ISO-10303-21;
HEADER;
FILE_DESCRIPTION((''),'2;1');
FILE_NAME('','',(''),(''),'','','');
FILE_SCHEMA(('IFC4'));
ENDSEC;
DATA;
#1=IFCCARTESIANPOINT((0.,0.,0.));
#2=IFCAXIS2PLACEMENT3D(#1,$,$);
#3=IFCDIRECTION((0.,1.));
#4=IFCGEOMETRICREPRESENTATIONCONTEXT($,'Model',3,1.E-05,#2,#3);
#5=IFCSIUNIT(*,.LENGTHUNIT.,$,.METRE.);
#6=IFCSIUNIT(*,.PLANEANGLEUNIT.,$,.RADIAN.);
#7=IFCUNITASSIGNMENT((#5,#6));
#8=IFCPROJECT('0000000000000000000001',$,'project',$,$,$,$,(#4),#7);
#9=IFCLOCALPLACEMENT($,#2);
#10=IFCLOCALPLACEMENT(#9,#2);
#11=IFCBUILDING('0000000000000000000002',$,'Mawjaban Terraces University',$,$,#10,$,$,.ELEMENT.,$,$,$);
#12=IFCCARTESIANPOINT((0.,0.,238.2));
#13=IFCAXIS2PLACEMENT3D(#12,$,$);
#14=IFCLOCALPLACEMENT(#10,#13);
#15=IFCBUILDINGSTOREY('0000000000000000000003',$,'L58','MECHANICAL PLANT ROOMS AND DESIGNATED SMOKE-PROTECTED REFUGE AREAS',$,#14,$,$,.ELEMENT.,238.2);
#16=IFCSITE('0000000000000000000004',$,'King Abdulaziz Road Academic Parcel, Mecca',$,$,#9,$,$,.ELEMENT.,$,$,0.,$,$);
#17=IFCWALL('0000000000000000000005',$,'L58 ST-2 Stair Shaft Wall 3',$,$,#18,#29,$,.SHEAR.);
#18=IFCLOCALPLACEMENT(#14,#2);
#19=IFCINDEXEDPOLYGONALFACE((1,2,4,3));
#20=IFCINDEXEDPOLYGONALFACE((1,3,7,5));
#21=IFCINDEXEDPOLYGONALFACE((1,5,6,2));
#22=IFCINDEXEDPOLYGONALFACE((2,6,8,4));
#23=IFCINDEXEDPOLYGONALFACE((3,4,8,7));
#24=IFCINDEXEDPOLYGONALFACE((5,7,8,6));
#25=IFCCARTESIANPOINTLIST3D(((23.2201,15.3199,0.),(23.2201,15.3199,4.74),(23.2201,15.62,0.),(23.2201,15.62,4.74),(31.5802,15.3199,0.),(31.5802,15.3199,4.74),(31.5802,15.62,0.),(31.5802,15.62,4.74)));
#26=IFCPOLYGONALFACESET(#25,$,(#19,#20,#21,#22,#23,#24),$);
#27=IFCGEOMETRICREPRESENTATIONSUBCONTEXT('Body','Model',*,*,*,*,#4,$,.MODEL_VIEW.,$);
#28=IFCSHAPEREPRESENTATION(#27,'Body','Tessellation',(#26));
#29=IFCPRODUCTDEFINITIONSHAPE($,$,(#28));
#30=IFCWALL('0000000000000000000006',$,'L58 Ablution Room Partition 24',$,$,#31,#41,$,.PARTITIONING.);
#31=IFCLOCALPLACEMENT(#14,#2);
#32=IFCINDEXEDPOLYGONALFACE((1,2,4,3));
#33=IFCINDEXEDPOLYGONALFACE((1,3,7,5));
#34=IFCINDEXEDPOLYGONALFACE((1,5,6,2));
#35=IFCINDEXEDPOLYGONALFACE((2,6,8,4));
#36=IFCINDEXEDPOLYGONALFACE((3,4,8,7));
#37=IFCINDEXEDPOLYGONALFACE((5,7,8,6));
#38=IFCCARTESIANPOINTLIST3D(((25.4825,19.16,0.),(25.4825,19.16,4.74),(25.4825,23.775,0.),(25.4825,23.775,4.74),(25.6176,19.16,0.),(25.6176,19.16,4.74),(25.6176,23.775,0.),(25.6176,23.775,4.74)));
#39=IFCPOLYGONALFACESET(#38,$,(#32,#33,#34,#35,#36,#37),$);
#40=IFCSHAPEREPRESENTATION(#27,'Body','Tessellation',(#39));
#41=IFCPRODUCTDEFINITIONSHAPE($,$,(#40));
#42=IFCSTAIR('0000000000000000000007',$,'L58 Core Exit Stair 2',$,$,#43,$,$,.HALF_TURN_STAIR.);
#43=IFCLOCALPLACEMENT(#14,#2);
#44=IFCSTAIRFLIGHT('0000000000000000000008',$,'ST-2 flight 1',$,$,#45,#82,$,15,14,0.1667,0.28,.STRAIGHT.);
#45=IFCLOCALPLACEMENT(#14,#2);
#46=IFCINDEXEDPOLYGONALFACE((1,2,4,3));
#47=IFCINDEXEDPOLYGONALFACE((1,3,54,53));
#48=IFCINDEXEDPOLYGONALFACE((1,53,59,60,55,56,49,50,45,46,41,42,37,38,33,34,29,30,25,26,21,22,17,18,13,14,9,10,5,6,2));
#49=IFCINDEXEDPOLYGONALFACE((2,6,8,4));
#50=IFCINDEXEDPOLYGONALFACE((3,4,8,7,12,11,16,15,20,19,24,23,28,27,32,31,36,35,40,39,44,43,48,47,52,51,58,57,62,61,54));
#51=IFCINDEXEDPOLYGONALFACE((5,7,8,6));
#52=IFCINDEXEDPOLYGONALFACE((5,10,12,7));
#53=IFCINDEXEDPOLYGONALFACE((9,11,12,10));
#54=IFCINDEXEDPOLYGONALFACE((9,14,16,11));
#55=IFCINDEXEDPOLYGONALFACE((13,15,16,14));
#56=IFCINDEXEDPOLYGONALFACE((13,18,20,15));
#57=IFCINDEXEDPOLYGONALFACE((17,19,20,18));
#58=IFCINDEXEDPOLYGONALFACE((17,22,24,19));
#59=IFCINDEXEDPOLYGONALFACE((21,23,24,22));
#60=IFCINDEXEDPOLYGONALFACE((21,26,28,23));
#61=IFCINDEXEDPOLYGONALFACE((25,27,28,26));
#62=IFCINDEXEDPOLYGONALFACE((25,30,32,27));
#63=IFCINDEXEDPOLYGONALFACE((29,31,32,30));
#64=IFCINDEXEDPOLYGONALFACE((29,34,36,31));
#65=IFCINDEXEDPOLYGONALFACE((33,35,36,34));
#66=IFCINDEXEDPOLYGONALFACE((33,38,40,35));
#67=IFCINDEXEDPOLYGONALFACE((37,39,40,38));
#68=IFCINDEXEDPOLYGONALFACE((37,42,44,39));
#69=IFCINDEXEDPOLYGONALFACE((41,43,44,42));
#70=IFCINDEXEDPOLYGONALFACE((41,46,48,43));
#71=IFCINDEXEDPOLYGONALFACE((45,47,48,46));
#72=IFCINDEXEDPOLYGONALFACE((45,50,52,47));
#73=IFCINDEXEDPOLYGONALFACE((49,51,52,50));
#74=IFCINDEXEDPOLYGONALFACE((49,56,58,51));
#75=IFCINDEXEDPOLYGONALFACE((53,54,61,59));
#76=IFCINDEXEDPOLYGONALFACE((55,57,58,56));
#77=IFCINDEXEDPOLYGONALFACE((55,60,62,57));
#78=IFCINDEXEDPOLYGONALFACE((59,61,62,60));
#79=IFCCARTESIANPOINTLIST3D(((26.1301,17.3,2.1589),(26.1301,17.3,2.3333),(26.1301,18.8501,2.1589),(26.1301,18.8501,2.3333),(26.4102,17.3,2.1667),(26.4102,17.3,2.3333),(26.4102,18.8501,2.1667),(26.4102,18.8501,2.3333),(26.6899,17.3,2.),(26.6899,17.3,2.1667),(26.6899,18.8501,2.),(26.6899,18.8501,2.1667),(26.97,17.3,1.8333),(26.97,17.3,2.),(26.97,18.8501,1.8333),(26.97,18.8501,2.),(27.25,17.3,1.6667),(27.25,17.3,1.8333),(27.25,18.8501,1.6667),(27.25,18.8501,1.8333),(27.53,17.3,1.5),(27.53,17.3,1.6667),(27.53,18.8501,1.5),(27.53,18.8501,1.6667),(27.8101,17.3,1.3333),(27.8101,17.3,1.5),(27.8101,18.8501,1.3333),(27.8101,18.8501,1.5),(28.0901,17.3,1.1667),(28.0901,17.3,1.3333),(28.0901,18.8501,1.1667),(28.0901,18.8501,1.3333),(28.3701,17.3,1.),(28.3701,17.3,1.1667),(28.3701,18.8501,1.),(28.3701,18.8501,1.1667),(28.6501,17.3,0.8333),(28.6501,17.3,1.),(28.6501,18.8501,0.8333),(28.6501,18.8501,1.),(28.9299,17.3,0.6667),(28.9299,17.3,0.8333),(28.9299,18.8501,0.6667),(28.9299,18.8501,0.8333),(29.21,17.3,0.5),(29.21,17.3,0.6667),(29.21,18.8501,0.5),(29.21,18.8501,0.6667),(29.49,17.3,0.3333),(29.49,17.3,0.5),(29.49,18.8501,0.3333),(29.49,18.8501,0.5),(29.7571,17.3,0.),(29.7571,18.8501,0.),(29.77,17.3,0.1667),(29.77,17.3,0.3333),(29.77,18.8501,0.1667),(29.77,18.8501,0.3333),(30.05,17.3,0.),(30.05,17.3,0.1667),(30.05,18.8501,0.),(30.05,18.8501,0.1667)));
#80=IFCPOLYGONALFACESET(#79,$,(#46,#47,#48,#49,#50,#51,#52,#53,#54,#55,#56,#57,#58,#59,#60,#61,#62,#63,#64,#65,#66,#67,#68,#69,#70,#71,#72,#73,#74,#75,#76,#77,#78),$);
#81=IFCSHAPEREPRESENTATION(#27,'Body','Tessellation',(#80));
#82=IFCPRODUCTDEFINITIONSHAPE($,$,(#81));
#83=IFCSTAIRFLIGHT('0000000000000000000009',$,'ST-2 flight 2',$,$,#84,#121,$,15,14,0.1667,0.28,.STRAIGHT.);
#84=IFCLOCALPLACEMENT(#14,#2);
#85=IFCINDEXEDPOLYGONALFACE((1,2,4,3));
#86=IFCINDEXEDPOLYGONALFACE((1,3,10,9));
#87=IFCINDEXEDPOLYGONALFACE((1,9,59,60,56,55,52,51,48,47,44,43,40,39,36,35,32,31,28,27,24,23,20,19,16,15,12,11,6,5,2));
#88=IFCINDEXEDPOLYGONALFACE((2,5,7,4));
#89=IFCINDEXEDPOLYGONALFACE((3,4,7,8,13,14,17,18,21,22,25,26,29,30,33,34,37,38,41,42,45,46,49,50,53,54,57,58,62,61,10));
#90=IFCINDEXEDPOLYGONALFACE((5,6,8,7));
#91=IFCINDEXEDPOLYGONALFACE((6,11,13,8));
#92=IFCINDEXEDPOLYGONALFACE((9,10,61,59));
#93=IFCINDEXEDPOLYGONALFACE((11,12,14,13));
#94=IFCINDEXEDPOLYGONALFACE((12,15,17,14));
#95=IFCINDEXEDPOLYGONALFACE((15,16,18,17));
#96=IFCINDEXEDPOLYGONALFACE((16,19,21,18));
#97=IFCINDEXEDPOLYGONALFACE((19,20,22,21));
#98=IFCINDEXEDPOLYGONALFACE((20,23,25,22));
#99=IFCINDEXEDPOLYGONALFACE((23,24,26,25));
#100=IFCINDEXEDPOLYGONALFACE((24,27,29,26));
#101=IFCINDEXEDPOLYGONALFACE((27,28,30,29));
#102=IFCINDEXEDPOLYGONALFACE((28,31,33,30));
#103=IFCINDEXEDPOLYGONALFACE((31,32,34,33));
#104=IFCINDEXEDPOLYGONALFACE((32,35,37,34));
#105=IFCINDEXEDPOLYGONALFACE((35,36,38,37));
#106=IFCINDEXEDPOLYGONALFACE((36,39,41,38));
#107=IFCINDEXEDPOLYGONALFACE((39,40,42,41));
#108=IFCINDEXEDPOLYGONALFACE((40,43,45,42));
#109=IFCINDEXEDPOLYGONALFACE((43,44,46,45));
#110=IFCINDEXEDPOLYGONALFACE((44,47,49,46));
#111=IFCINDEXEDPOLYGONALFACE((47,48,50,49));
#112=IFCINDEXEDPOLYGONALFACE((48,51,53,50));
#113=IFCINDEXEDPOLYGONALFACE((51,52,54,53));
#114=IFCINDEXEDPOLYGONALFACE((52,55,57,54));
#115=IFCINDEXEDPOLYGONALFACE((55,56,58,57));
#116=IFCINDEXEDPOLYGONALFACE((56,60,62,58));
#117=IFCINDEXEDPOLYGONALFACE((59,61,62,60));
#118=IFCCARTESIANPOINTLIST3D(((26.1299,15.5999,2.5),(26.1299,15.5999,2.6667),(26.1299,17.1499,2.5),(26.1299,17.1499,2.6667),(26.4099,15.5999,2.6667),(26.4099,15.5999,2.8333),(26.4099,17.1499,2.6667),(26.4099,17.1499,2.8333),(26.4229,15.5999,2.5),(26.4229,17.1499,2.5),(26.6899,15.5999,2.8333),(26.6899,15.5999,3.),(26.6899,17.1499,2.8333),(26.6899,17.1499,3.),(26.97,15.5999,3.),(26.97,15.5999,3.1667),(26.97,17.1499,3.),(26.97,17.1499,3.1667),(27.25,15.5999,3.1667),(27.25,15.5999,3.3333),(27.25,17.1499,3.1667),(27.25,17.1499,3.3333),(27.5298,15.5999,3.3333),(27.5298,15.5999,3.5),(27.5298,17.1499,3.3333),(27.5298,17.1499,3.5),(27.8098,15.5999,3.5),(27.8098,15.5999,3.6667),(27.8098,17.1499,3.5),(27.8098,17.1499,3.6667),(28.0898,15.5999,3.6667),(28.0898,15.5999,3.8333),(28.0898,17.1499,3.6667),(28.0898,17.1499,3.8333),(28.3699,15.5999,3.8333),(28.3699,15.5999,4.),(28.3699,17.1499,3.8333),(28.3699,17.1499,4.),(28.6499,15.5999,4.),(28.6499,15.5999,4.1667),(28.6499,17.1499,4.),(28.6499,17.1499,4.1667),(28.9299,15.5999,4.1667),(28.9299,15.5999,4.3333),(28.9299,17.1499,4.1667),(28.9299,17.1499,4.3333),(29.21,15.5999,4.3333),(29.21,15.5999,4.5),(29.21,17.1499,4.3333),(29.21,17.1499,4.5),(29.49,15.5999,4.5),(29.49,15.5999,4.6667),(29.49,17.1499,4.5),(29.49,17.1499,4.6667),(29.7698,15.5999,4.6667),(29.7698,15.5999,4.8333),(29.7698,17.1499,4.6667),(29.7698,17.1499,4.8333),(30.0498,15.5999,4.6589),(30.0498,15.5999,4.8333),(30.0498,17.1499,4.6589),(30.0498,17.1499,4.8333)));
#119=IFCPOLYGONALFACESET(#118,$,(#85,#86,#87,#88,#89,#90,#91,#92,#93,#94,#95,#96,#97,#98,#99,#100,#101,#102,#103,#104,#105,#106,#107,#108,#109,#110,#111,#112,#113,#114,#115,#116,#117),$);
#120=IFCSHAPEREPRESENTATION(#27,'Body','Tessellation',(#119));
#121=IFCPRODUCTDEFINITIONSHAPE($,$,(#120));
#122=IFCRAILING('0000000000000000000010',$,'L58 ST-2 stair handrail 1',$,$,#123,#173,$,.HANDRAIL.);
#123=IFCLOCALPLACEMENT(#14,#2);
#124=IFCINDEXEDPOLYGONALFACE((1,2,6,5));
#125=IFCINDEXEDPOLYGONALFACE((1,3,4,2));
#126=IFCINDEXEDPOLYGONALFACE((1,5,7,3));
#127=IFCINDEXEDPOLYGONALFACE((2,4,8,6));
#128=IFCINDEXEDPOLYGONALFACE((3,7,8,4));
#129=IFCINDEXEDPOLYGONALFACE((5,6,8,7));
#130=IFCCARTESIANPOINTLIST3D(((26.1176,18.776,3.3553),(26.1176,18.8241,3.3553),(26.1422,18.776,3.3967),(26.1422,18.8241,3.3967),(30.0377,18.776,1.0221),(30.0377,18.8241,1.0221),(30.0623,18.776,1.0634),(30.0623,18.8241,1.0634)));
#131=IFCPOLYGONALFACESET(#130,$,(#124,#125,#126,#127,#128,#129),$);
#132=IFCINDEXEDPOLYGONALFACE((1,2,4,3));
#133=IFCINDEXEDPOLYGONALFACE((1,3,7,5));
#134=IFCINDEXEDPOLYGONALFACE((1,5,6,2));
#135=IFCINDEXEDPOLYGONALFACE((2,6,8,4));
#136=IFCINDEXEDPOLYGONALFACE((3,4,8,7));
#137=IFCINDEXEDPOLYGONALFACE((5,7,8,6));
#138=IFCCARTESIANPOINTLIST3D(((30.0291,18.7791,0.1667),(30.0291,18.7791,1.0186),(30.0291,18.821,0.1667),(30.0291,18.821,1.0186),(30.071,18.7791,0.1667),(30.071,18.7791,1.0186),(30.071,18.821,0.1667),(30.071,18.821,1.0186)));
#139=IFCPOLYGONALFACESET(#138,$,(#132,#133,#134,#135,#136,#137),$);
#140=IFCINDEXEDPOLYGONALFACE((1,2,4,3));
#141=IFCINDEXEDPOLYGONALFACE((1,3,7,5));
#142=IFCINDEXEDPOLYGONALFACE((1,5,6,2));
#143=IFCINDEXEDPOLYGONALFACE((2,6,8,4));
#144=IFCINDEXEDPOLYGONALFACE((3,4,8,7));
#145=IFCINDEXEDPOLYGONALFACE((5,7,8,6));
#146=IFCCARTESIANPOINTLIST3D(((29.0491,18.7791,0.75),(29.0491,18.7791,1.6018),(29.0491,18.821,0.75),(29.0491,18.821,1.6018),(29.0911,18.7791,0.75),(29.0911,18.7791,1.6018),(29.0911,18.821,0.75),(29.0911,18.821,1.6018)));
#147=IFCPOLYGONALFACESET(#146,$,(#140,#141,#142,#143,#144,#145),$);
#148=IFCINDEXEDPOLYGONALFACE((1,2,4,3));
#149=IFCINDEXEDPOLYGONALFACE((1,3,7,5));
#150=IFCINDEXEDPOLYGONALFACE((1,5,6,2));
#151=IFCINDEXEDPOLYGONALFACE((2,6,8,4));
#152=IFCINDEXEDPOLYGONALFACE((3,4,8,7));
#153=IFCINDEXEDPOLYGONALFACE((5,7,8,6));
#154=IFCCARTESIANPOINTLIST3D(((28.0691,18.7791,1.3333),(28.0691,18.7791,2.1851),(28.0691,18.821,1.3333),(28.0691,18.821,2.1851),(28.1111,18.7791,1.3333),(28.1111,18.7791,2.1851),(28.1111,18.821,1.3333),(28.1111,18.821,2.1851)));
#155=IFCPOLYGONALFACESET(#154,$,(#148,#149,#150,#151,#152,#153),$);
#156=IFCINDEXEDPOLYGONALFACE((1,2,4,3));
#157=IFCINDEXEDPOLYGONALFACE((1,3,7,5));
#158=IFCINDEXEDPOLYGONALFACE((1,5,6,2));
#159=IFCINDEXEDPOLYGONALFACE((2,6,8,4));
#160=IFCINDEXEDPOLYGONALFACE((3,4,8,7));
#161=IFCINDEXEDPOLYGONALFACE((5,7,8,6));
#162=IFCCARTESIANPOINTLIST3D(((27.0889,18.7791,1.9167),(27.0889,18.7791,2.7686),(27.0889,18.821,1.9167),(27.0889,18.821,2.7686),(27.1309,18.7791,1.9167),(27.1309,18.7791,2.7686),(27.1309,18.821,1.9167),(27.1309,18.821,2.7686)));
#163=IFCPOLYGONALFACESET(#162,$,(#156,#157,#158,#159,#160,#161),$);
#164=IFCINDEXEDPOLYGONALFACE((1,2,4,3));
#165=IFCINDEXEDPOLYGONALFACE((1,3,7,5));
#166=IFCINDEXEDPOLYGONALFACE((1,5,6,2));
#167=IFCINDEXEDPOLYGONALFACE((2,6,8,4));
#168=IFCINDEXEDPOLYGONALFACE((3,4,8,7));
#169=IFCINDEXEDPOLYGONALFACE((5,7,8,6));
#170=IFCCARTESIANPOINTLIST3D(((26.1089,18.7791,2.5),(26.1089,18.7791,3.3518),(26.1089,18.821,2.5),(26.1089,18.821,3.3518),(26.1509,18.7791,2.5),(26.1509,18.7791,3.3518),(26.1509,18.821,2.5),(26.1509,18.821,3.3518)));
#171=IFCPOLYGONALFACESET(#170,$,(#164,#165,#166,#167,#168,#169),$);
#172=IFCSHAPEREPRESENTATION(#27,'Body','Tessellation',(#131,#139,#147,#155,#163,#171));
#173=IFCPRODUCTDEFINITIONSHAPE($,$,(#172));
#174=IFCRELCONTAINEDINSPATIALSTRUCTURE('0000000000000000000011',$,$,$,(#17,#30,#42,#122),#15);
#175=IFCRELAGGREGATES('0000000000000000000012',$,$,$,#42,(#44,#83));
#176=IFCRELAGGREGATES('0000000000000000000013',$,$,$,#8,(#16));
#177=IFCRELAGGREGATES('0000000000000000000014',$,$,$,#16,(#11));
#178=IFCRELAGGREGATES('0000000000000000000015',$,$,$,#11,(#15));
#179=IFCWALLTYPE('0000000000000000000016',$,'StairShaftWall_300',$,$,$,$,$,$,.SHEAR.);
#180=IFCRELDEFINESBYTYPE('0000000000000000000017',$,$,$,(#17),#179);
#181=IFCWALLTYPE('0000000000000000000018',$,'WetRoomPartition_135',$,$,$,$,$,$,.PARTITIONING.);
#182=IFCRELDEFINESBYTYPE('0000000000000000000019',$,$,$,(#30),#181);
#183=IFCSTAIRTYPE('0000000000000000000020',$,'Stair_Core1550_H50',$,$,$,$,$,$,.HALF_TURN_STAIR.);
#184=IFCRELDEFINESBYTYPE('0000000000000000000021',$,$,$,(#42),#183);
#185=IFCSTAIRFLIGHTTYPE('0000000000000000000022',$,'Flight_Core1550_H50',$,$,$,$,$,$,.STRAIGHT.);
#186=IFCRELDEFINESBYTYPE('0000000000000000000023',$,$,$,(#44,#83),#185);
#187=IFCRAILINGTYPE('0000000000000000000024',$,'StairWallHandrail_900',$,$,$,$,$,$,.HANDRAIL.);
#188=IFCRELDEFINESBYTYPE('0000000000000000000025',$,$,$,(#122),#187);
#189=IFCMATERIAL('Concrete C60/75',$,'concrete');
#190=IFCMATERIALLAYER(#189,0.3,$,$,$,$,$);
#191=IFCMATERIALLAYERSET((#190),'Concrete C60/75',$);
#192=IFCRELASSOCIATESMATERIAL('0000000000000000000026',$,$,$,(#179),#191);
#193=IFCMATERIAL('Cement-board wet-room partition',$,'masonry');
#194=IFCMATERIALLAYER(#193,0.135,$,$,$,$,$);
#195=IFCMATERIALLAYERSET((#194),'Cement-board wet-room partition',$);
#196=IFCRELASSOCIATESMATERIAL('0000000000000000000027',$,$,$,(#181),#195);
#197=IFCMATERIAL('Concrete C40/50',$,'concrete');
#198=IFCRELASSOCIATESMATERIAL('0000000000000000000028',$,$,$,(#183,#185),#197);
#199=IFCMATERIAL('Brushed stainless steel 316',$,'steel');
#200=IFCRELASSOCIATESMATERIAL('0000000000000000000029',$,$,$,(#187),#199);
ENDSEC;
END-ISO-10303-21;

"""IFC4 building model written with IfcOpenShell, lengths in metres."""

from ifc_helpers import new_model, si_unit, direction, frame, frame_2d, origin, origin_2d, place, context, subcontext, project, spatial, polyline, rectangle, outline, extrude, material, layer, layer_set, type_object, element, aggregate, save


model = new_model("IFC4")

# Units and contexts
model_context = context("Model", 3, precision=1e-05, world=origin(), true_north=direction((0.0, 1.0)))
body_context = subcontext(model_context, "Body", "Model", "MODEL_VIEW")
ifc_project = project(units=[si_unit("LENGTHUNIT", "METRE"), si_unit("PLANEANGLEUNIT", "RADIAN")], contexts=[model_context])

# Site, building, storey
site_placement = place(None, origin())
site = spatial("IfcSite", under=ifc_project, at=site_placement, Name="King Abdulaziz Road Academic Parcel, Mecca", CompositionType="ELEMENT", RefElevation=0.0)
building_placement = place(site_placement, origin())
building = spatial("IfcBuilding", under=site, at=building_placement, Name="Mawjaban Terraces University", CompositionType="ELEMENT")
storey_placement = place(building_placement, frame((0.0, 0.0, 238.2)))
storey = spatial("IfcBuildingStorey", under=building, at=storey_placement, Name="L58", Description="MECHANICAL PLANT ROOMS AND DESIGNATED SMOKE-PROTECTED REFUGE AREAS", CompositionType="ELEMENT", Elevation=238.2)

# Shared definitions
ifc_material_1 = material(Name="Concrete C60/75", Category="concrete")

# Shared definitions
ifc_material_2 = material(Name="Concrete C40/50", Category="concrete")

# Wall
ifc_layer_1 = layer(ifc_material_1, 0.3)
ifc_layer_set_1 = layer_set([ifc_layer_1], Name="Concrete C60/75")
wall_type_1 = type_object("IfcWallType", Name="StairShaftWall_300", PredefinedType="SHEAR", material=ifc_layer_set_1)
wall_1_placement = place(storey_placement, frame((23.22, 15.47, 0.0), z_axis=(0.0, 0.0, 1.0), x_axis=(1.0, 0.0, 0.0)))
element("IfcWall", 1, at=wall_1_placement, inside=storey, type_object=wall_type_1, Name="L58 ST-2 Stair Shaft Wall 3", PredefinedType="SHEAR", context=body_context, shape_type="SweptSolid", body=[
    extrude(rectangle(XDim=8.3601, YDim=0.3, at=frame_2d((4.1802, 0.0))), origin(), (0.0, 0.0, 1.0), 4.74),
])

# Wall
ifc_material_3 = material(Name="Cement-board wet-room partition", Category="masonry")
ifc_layer_2 = layer(ifc_material_3, 0.135)
ifc_layer_set_2 = layer_set([ifc_layer_2], Name="Cement-board wet-room partition")
wall_type_2 = type_object("IfcWallType", Name="WetRoomPartition_135", PredefinedType="PARTITIONING", material=ifc_layer_set_2)
wall_2_placement = place(storey_placement, frame((25.55, 19.1599, 0.0), z_axis=(0.0, 0.0, 1.0), x_axis=(0.0, 1.0, 0.0)))
element("IfcWall", 2, at=wall_2_placement, inside=storey, type_object=wall_type_2, Name="L58 Ablution Room Partition 24", PredefinedType="PARTITIONING", context=body_context, shape_type="SweptSolid", body=[
    extrude(rectangle(XDim=4.615, YDim=0.135, at=frame_2d((2.3076, 0.0))), origin(), (0.0, 0.0, 1.0), 4.74),
])

# Stair, stair flights
stair_type = type_object("IfcStairType", Name="Stair_Core1550_H50", PredefinedType="HALF_TURN_STAIR", material=ifc_material_2)
stair_placement = place(storey_placement, origin())
stair = element("IfcStair", 3, at=stair_placement, inside=storey, type_object=stair_type, Name="L58 Core Exit Stair 2", PredefinedType="HALF_TURN_STAIR")
stair_flight_type = type_object("IfcStairFlightType", Name="Flight_Core1550_H50", PredefinedType="STRAIGHT", material=ifc_material_2)
stair_flight_1_placement = place(storey_placement, frame((30.05, 18.075, 0.0), z_axis=(0.0, 0.0, 1.0), x_axis=(-1.0, 0.0, 0.0)))
stair_flight_1 = element("IfcStairFlight", 4, at=stair_flight_1_placement, type_object=stair_flight_type, Name="ST-2 flight 1", NumberOfRisers=15, NumberOfTreads=14, PredefinedType="STRAIGHT", RiserHeight=0.1667, TreadLength=0.28, context=body_context, shape_type="SweptSolid", body=[
    extrude(outline(polyline([(0.0, 0.0), (0.0, 0.1667), (0.28, 0.1667), (0.28, 0.3333), (0.5601, 0.3333), (0.5601, 0.5), (0.8401, 0.5), (0.8401, 0.6667), (1.1201, 0.6667), (1.1201, 0.8333), (1.3999, 0.8333), (1.3999, 1.0), (1.6799, 1.0), (1.6799, 1.1667), (1.96, 1.1667), (1.96, 1.3333), (2.24, 1.3333), (2.24, 1.5), (2.52, 1.5), (2.52, 1.6667), (2.8, 1.6667), (2.8, 1.8333), (3.0801, 1.8333), (3.0801, 2.0), (3.3601, 2.0), (3.3601, 2.1667), (3.6399, 2.1667), (3.6399, 2.3333), (3.9199, 2.3333), (3.9199, 2.5), (3.9199, 2.1589), (0.293, 0.0), (0.0, 0.0)])), frame((0.0, 0.7749, 0.0), z_axis=(0.0, -1.0, 0.0), x_axis=(1.0, 0.0, 0.0)), (0.0, 0.0, 1.0), 1.55),
])
stair_flight_2_placement = place(storey_placement, frame((26.1299, 16.375, 2.5), z_axis=(0.0, 0.0, 1.0), x_axis=(1.0, 0.0, 0.0)))
stair_flight_2 = element("IfcStairFlight", 5, at=stair_flight_2_placement, type_object=stair_flight_type, Name="ST-2 flight 2", NumberOfRisers=15, NumberOfTreads=14, PredefinedType="STRAIGHT", RiserHeight=0.1667, TreadLength=0.28, context=body_context, shape_type="SweptSolid", body=[
    extrude(outline(polyline([(0.0, 0.0), (0.0, 0.1667), (0.28, 0.1667), (0.28, 0.3333), (0.5601, 0.3333), (0.5601, 0.5), (0.8401, 0.5), (0.8401, 0.6667), (1.1201, 0.6667), (1.1201, 0.8333), (1.3999, 0.8333), (1.3999, 1.0), (1.6799, 1.0), (1.6799, 1.1667), (1.96, 1.1667), (1.96, 1.3333), (2.24, 1.3333), (2.24, 1.5), (2.52, 1.5), (2.52, 1.6667), (2.8, 1.6667), (2.8, 1.8333), (3.0801, 1.8333), (3.0801, 2.0), (3.3601, 2.0), (3.3601, 2.1667), (3.6399, 2.1667), (3.6399, 2.3333), (3.9199, 2.3333), (3.9199, 2.5), (3.9199, 2.1589), (0.293, 0.0), (0.0, 0.0)])), frame((0.0, 0.7749, 0.0), z_axis=(0.0, -1.0, 0.0), x_axis=(1.0, 0.0, 0.0)), (0.0, 0.0, 1.0), 1.55),
])
aggregate(stair, [stair_flight_1, stair_flight_2])

# Railing
ifc_material_4 = material(Name="Brushed stainless steel 316", Category="steel")
railing_type_1 = type_object("IfcRailingType", Name="StairWallHandrail_900", PredefinedType="HANDRAIL", material=ifc_material_4)
railing_1_placement = place(storey_placement, frame((30.05, 18.8, 0.1667)))
element("IfcRailing", 6, at=railing_1_placement, inside=storey, type_object=railing_type_1, Name="L58 ST-2 stair handrail 1", PredefinedType="HANDRAIL", context=body_context, shape_type="SweptSolid", body=[
    extrude(rectangle(XDim=0.0481, YDim=0.0481, at=origin_2d()), frame((0.0, 0.0, 0.876), z_axis=(-0.85931, 0.0, 0.511455), x_axis=(0.0, -1.0, 0.0)), (0.0, 0.0, 1.0), 4.562),
    extrude(rectangle(XDim=0.042, YDim=0.042, at=origin_2d()), origin(), (0.0, 0.0, 1.0), 0.8518),
    extrude(rectangle(XDim=0.042, YDim=0.042, at=origin_2d()), frame((-0.98, 0.0, 0.5833)), (0.0, 0.0, 1.0), 0.8518),
    extrude(rectangle(XDim=0.042, YDim=0.042, at=origin_2d()), frame((-1.96, 0.0, 1.1665)), (0.0, 0.0, 1.0), 0.8518),
    extrude(rectangle(XDim=0.042, YDim=0.042, at=origin_2d()), frame((-2.9402, 0.0, 1.75)), (0.0, 0.0, 1.0), 0.8518),
    extrude(rectangle(XDim=0.042, YDim=0.042, at=origin_2d()), frame((-3.9202, 0.0, 2.3333)), (0.0, 0.0, 1.0), 0.8518),
])

save(model, "model.ifc")
